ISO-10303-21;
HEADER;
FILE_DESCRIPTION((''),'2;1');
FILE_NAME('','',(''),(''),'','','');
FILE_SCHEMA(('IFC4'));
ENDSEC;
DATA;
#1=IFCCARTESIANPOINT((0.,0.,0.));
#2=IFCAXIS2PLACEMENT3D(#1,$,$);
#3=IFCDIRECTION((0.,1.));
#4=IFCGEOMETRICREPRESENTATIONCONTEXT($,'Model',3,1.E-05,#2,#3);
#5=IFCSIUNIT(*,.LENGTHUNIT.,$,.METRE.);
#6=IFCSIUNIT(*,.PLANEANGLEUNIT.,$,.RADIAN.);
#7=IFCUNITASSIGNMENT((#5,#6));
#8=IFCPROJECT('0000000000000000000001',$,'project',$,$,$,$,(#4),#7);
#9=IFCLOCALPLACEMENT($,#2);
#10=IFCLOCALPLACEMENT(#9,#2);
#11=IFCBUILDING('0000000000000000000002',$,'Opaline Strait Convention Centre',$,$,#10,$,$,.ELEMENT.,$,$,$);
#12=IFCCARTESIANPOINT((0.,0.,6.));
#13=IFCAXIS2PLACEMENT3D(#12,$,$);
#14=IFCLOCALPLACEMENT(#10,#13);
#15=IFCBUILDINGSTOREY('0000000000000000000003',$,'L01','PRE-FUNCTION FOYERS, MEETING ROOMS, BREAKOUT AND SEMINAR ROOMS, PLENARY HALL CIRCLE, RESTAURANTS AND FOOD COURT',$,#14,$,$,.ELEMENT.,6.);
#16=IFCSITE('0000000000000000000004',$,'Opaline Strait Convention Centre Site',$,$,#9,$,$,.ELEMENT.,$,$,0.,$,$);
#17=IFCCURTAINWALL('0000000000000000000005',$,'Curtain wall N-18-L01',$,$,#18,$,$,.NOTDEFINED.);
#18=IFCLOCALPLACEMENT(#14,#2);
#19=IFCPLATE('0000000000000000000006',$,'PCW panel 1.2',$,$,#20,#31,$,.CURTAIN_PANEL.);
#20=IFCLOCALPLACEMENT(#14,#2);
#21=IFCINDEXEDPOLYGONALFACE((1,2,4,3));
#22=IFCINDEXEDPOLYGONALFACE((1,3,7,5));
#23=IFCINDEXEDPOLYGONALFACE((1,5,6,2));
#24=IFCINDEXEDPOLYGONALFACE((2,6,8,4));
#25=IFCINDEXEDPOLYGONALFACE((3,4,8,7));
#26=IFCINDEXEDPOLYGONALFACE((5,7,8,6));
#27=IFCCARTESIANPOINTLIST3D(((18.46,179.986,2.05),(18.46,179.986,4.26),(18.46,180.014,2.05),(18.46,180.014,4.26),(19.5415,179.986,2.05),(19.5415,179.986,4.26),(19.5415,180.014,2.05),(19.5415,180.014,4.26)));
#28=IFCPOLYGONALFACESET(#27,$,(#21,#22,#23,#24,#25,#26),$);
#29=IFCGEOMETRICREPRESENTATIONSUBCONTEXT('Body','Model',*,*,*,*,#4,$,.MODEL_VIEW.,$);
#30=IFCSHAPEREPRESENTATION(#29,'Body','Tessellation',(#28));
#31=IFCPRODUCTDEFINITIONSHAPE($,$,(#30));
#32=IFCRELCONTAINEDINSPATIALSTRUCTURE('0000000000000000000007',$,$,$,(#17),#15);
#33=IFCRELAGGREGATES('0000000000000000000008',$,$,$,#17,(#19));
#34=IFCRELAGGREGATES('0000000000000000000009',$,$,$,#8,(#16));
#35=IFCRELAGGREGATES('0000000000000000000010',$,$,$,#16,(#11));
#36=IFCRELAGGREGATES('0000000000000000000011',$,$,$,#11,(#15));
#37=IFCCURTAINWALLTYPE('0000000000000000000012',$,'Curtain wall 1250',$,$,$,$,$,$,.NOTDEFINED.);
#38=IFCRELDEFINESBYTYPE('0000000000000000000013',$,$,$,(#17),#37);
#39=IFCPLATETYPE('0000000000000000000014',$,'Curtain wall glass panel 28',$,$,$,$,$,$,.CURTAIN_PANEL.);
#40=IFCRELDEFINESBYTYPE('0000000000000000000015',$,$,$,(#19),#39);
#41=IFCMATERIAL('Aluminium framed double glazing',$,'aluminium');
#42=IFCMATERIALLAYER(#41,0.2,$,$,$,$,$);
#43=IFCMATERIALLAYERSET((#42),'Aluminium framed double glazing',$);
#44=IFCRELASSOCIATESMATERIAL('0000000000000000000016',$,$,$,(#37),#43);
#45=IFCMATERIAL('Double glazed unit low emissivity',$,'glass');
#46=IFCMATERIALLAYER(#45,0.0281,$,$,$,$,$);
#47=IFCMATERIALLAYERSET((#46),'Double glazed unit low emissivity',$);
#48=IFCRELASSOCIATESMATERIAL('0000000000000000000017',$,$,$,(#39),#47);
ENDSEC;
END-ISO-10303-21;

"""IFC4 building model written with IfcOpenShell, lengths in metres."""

from ifc_helpers import new_model, si_unit, direction, frame, origin, origin_2d, place, context, subcontext, project, spatial, rectangle, extrude, material, layer, layer_set, type_object, element, aggregate, save


model = new_model("IFC4")

# Units and contexts
model_context = context("Model", 3, precision=1e-05, world=origin(), true_north=direction((0.0, 1.0)))
body_context = subcontext(model_context, "Body", "Model", "MODEL_VIEW")
ifc_project = project(units=[si_unit("LENGTHUNIT", "METRE"), si_unit("PLANEANGLEUNIT", "RADIAN")], contexts=[model_context])

# Site, building, storey
site_placement = place(None, origin())
site = spatial("IfcSite", under=ifc_project, at=site_placement, Name="Opaline Strait Convention Centre Site", CompositionType="ELEMENT", RefElevation=0.0)
building_placement = place(site_placement, origin())
building = spatial("IfcBuilding", under=site, at=building_placement, Name="Opaline Strait Convention Centre", CompositionType="ELEMENT")
storey_placement = place(building_placement, frame((0.0, 0.0, 6.0)))
storey = spatial("IfcBuildingStorey", under=building, at=storey_placement, Name="L01", Description="PRE-FUNCTION FOYERS, MEETING ROOMS, BREAKOUT AND SEMINAR ROOMS, PLENARY HALL CIRCLE, RESTAURANTS AND FOOD COURT", CompositionType="ELEMENT", Elevation=6.0)

# Shared definitions
ifc_material_1 = material(Name="Aluminium framed double glazing", Category="aluminium")
ifc_layer_1 = layer(ifc_material_1, 0.2)
ifc_layer_set_1 = layer_set([ifc_layer_1], Name="Aluminium framed double glazing")
curtain_wall_type = type_object("IfcCurtainWallType", Name="Curtain wall 1250", PredefinedType="NOTDEFINED", material=ifc_layer_set_1)

# Curtain wall
curtain_wall_1_placement = place(storey_placement, origin())
curtain_wall_1 = element("IfcCurtainWall", 1, at=curtain_wall_1_placement, inside=storey, type_object=curtain_wall_type, Name="Curtain wall N-18-L01", PredefinedType="NOTDEFINED")

# Plate
ifc_material_2 = material(Name="Double glazed unit low emissivity", Category="glass")
ifc_layer_2 = layer(ifc_material_2, 0.0281)
ifc_layer_set_2 = layer_set([ifc_layer_2], Name="Double glazed unit low emissivity")
plate_type = type_object("IfcPlateType", Name="Curtain wall glass panel 28", PredefinedType="CURTAIN_PANEL", material=ifc_layer_set_2)
plate_1_placement = place(storey_placement, frame((19.0007, 180.0, 2.05), z_axis=(0.0, 0.0, 1.0), x_axis=(1.0, 0.0, 0.0)))
plate_1 = element("IfcPlate", 2, at=plate_1_placement, type_object=plate_type, Name="PCW panel 1.2", PredefinedType="CURTAIN_PANEL", context=body_context, shape_type="SweptSolid", body=[
    extrude(rectangle(XDim=1.0815, YDim=0.0281, at=origin_2d()), origin(), (0.0, 0.0, 1.0), 2.21),
])
aggregate(curtain_wall_1, [plate_1])

save(model, "model.ifc")
